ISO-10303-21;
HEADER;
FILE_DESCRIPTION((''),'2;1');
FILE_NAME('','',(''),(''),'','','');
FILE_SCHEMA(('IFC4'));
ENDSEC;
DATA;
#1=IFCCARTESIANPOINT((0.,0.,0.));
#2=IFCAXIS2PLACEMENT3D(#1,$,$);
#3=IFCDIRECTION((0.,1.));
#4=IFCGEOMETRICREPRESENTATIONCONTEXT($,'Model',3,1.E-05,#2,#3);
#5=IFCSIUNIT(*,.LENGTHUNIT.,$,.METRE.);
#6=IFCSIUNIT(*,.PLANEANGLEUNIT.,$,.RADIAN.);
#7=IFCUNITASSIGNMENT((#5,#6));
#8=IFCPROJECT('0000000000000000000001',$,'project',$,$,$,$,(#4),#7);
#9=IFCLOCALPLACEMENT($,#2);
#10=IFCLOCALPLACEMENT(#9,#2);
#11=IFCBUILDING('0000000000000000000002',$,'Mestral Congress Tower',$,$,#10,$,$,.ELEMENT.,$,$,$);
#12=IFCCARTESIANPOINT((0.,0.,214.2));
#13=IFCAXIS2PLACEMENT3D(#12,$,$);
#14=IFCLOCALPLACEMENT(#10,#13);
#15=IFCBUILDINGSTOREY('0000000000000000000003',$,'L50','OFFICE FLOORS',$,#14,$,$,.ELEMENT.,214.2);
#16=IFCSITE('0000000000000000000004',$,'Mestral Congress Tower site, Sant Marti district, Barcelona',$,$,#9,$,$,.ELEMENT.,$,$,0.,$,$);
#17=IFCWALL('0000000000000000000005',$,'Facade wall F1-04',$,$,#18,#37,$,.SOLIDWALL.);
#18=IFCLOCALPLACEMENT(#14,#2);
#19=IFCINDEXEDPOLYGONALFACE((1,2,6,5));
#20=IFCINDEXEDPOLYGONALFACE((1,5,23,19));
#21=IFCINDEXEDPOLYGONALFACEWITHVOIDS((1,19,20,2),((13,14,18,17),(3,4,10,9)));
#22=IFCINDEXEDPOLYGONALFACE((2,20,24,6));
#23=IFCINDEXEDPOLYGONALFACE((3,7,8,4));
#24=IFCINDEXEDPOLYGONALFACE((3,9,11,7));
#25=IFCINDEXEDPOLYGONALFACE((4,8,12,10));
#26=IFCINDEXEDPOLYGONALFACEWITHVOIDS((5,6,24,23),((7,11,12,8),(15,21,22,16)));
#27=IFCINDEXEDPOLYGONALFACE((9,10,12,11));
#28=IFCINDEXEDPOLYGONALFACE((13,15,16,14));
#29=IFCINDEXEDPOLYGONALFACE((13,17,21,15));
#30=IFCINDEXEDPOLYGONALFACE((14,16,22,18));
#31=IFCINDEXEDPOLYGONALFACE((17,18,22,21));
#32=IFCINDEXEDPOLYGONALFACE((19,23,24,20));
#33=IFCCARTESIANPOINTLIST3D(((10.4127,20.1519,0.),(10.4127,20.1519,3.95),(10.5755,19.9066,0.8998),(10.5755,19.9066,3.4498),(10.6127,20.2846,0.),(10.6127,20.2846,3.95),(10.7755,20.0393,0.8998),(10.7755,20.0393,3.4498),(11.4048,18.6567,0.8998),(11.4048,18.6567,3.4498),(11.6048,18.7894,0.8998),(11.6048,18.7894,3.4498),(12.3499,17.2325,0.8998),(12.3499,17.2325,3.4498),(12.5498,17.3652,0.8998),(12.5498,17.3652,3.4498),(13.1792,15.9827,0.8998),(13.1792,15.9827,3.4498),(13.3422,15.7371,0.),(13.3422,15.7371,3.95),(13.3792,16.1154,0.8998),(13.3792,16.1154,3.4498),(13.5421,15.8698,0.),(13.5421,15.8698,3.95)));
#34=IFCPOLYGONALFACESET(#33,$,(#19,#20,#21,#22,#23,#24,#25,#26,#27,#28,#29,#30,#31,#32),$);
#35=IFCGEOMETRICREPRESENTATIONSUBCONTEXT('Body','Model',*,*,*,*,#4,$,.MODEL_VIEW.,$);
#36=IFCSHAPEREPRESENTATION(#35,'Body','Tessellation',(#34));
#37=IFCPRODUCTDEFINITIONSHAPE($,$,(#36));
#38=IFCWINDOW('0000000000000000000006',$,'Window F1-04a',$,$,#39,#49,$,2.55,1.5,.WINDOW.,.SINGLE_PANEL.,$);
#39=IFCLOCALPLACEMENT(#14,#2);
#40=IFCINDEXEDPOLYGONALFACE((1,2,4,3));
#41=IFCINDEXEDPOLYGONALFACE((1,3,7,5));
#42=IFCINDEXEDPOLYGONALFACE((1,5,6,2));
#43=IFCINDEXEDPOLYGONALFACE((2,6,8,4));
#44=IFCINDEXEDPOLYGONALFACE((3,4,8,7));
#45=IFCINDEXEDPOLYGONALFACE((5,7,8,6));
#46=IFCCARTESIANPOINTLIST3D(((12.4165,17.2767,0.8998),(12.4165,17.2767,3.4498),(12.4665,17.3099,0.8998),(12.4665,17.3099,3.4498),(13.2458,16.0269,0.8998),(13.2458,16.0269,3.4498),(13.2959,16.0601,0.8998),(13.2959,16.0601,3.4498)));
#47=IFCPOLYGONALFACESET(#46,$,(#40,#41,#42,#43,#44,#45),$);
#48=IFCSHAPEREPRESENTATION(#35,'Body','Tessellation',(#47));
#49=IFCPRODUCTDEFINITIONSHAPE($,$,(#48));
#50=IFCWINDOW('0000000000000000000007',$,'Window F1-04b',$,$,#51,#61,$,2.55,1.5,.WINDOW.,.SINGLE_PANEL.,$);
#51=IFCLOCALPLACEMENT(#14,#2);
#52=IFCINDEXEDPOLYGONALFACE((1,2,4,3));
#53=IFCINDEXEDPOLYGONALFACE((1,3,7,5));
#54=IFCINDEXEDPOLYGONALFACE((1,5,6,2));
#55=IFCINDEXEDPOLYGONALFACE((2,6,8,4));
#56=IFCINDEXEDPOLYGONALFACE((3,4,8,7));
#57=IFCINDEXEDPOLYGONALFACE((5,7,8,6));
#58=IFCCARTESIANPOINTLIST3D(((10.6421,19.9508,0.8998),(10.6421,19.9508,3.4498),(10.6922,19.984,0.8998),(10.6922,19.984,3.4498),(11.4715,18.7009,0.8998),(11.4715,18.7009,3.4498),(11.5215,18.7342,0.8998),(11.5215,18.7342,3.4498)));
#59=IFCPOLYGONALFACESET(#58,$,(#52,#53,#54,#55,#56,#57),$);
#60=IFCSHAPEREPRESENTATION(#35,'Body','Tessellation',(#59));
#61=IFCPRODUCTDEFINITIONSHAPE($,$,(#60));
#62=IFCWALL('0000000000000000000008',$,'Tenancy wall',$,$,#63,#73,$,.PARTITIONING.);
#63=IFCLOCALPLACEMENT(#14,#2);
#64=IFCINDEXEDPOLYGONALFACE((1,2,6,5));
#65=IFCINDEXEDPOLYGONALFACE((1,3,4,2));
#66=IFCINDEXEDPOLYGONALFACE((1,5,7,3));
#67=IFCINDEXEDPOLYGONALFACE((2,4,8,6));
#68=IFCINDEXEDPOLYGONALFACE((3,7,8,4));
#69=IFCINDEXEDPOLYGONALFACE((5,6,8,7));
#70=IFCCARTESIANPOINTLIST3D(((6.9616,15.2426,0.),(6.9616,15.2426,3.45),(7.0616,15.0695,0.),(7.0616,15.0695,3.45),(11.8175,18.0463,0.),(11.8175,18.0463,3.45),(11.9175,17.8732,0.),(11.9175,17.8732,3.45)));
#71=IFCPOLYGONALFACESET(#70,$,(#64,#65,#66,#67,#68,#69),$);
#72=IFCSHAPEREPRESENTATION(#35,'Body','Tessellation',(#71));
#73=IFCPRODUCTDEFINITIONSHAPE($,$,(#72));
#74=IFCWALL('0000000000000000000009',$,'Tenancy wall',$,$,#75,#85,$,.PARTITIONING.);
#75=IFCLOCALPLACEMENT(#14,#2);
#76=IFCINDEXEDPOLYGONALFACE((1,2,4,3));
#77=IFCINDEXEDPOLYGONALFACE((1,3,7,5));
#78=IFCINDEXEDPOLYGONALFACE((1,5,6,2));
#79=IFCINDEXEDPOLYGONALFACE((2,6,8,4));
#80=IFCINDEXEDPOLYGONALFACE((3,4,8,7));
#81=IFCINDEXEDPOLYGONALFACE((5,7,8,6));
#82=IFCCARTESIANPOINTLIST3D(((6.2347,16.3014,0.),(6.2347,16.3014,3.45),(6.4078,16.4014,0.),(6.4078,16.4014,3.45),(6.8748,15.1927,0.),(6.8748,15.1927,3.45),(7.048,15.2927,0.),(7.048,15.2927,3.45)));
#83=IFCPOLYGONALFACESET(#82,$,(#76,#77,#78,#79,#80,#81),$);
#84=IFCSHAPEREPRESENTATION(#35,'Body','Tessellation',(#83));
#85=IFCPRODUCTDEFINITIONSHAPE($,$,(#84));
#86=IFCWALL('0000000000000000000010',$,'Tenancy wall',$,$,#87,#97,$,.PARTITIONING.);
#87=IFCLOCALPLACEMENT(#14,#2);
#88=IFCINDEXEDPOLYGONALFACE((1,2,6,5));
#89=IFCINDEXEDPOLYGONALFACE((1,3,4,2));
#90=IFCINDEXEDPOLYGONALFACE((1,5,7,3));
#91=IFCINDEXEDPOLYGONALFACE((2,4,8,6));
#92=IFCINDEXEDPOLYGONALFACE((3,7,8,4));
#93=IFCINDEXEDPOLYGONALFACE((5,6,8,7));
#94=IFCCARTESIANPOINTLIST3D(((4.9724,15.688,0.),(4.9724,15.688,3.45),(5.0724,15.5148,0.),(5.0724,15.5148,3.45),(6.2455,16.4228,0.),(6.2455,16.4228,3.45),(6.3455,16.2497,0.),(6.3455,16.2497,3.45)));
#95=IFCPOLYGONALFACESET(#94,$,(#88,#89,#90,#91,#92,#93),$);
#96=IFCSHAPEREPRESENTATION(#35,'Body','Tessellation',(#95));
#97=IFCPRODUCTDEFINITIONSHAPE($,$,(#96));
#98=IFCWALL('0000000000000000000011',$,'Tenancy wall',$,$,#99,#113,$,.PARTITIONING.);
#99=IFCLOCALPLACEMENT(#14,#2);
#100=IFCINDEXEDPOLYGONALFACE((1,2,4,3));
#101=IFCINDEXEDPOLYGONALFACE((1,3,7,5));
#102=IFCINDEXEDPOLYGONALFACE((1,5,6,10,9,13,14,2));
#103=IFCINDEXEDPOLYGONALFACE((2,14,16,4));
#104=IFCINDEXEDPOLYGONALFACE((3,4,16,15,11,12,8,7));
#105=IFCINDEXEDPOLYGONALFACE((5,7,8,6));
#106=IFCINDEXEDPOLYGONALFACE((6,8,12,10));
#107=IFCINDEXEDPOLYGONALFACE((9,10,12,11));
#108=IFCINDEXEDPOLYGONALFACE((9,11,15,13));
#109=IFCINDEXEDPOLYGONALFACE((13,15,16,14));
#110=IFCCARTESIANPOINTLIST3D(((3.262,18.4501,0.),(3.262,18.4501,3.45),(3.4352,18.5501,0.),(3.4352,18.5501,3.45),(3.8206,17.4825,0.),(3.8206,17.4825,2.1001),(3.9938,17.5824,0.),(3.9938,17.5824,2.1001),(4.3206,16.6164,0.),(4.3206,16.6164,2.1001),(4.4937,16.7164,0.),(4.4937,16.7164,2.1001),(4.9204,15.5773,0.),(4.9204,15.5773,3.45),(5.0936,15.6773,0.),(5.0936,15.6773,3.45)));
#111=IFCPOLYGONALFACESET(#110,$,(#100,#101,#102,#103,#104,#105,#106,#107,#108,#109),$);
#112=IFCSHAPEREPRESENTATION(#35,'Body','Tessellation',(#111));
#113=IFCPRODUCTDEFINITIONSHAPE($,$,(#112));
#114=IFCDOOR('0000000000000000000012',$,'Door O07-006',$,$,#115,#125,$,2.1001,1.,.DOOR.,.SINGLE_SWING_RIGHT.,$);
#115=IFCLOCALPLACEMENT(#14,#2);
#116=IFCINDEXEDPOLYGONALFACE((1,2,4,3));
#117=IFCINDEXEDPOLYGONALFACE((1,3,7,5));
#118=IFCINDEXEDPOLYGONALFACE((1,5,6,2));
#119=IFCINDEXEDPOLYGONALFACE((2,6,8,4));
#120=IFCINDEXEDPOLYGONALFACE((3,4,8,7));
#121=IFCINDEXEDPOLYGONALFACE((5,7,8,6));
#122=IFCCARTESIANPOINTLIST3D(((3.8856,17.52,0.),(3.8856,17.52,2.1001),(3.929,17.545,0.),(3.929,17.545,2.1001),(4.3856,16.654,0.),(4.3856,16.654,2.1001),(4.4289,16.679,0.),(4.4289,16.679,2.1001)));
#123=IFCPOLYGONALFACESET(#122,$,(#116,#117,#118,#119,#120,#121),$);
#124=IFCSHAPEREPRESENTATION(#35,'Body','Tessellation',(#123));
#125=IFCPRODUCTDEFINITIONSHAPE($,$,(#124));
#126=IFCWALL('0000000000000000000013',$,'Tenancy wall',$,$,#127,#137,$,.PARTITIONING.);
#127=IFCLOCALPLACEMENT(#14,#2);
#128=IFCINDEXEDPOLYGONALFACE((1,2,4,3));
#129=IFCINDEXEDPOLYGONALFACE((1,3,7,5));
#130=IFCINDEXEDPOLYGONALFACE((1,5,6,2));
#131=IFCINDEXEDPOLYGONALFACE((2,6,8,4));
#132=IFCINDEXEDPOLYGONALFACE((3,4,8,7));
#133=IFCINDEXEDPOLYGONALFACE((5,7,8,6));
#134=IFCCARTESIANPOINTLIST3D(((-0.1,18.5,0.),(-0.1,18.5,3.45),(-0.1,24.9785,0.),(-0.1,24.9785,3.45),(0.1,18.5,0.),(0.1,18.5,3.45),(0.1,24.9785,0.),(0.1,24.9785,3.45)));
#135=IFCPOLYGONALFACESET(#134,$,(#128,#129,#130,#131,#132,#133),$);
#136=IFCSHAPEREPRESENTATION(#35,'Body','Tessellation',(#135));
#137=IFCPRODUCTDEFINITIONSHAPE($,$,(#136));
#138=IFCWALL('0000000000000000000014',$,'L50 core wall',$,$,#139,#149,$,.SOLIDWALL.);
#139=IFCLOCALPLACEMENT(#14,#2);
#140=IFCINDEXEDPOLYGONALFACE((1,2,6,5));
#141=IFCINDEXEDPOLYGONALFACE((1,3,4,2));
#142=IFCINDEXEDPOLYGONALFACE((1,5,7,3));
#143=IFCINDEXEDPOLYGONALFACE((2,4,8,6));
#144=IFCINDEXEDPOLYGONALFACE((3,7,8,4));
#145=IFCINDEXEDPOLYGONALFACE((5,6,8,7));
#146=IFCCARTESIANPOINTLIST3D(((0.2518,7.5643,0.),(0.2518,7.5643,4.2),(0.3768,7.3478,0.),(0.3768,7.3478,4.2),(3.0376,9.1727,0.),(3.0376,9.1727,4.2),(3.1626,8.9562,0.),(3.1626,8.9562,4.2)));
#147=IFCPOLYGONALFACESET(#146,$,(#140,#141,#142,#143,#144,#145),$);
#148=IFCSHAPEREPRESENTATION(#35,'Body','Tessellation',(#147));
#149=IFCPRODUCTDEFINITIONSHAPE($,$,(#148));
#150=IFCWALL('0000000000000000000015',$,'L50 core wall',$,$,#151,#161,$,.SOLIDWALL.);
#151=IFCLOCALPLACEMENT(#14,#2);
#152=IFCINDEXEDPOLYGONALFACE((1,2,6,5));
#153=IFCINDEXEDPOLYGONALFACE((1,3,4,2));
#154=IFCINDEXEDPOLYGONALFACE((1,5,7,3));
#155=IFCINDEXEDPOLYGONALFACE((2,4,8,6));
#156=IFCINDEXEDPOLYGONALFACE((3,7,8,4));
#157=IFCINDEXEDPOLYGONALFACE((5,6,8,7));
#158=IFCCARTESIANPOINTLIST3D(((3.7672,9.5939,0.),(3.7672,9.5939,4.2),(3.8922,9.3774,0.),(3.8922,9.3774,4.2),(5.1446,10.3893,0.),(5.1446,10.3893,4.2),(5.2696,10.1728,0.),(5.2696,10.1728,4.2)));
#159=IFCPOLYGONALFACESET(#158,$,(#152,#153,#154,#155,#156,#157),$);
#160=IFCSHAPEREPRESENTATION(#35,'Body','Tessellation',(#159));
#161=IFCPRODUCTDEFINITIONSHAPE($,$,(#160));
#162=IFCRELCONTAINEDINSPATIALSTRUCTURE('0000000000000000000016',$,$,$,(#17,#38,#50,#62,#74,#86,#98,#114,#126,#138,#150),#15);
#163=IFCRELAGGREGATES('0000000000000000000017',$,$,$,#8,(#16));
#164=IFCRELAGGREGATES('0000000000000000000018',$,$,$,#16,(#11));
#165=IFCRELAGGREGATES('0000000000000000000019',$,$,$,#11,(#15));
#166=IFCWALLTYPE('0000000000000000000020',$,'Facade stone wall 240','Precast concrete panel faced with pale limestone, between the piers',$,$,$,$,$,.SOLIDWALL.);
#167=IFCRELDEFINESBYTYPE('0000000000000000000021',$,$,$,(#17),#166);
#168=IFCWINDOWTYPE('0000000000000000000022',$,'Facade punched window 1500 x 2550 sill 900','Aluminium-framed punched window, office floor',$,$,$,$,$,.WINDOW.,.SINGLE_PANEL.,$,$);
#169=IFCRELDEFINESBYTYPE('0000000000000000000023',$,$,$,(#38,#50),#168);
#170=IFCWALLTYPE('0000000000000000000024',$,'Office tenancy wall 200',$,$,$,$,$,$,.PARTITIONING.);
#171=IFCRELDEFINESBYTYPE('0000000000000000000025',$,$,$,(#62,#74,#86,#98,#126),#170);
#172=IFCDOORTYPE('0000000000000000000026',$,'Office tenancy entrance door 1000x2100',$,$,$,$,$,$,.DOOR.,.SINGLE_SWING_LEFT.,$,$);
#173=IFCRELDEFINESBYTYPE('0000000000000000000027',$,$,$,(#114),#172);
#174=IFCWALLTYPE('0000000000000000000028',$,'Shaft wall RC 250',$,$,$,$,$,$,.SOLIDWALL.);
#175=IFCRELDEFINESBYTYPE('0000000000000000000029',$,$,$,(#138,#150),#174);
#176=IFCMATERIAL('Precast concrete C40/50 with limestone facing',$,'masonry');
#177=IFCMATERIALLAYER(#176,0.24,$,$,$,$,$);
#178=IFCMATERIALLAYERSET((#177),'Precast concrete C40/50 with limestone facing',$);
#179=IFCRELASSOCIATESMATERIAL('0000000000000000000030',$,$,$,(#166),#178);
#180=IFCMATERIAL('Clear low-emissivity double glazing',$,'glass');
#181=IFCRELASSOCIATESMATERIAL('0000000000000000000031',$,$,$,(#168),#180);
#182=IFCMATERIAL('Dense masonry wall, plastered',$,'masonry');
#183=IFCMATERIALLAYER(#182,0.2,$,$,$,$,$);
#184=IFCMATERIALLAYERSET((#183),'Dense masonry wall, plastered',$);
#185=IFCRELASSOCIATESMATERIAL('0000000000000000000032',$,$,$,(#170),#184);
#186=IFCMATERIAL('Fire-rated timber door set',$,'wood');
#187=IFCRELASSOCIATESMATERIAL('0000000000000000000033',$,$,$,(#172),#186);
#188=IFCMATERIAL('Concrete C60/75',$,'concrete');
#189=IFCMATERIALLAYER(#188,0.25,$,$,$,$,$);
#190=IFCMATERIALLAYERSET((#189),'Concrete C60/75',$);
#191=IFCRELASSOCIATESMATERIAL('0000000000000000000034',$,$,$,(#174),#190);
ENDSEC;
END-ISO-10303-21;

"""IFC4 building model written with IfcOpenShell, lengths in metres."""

from ifc_helpers import new_model, si_unit, direction, frame, frame_2d, origin, place, context, subcontext, project, spatial, rectangle, extrude, material, layer, layer_set, type_object, element, fill, save


model = new_model("IFC4")

# Units and contexts
model_context = context("Model", 3, precision=1e-05, world=origin(), true_north=direction((0.0, 1.0)))
body_context = subcontext(model_context, "Body", "Model", "MODEL_VIEW")
ifc_project = project(units=[si_unit("LENGTHUNIT", "METRE"), si_unit("PLANEANGLEUNIT", "RADIAN")], contexts=[model_context])

# Site, building, storey
site_placement = place(None, origin())
site = spatial("IfcSite", under=ifc_project, at=site_placement, Name="Mestral Congress Tower site, Sant Marti district, Barcelona", CompositionType="ELEMENT", RefElevation=0.0)
building_placement = place(site_placement, origin())
building = spatial("IfcBuilding", under=site, at=building_placement, Name="Mestral Congress Tower", CompositionType="ELEMENT")
storey_placement = place(building_placement, frame((0.0, 0.0, 214.2)))
storey = spatial("IfcBuildingStorey", under=building, at=storey_placement, Name="L50", Description="OFFICE FLOORS", CompositionType="ELEMENT", Elevation=214.2)

# Shared definitions
ifc_material_1 = material(Name="Concrete C60/75", Category="concrete")

# Wall, openings, windows
ifc_material_2 = material(Name="Precast concrete C40/50 with limestone facing", Category="masonry")
ifc_layer_1 = layer(ifc_material_2, 0.24)
ifc_layer_set_1 = layer_set([ifc_layer_1], Name="Precast concrete C40/50 with limestone facing")
wall_type_1 = type_object("IfcWallType", Name="Facade stone wall 240", Description="Precast concrete panel faced with pale limestone, between the piers", PredefinedType="SOLIDWALL", material=ifc_layer_set_1)
ifc_material_3 = material(Name="Clear low-emissivity double glazing", Category="glass")
window_type = type_object("IfcWindowType", Name="Facade punched window 1500 x 2550 sill 900", Description="Aluminium-framed punched window, office floor", PartitioningType="SINGLE_PANEL", PredefinedType="WINDOW", material=ifc_material_3)
wall_1_placement = place(storey_placement, frame((13.4421, 15.8035, 0.0), z_axis=(0.0, 0.0, 1.0), x_axis=(-0.552902, 0.833246, 0.0)))
wall_1 = element("IfcWall", 1, at=wall_1_placement, inside=storey, type_object=wall_type_1, Name="Facade wall F1-04", PredefinedType="SOLIDWALL", context=body_context, shape_type="SweptSolid", body=[
    extrude(rectangle(XDim=5.2983, YDim=0.24, at=frame_2d((2.6492, 0.0))), origin(), (0.0, 0.0, 1.0), 3.95),
])
opening_1_placement = place(wall_1_placement, frame((0.2947, 0.0, 0.8999)))
opening_1 = element("IfcOpeningElement", 2, at=opening_1_placement, cuts=wall_1, PredefinedType="OPENING", context=body_context, shape_type="SweptSolid", body=[
    extrude(rectangle(XDim=1.5, YDim=2.55, at=frame_2d((0.75, 1.2749))), frame((0.0, 0.1299, 0.0), z_axis=(0.0, -1.0, 0.0), x_axis=(1.0, 0.0, 0.0)), (0.0, 0.0, 1.0), 0.26),
])
opening_2_placement = place(wall_1_placement, frame((3.5039, 0.0, 0.8999)))
opening_2 = element("IfcOpeningElement", 3, at=opening_2_placement, cuts=wall_1, PredefinedType="OPENING", context=body_context, shape_type="SweptSolid", body=[
    extrude(rectangle(XDim=1.5, YDim=2.55, at=frame_2d((0.75, 1.2749))), frame((0.0, 0.1299, 0.0), z_axis=(0.0, -1.0, 0.0), x_axis=(1.0, 0.0, 0.0)), (0.0, 0.0, 1.0), 0.26),
])
window_1_placement = place(opening_1_placement, origin())
window_1 = element("IfcWindow", 4, at=window_1_placement, inside=storey, type_object=window_type, Name="Window F1-04a", OverallHeight=2.55, OverallWidth=1.5, PartitioningType="SINGLE_PANEL", PredefinedType="WINDOW", context=body_context, shape_type="SweptSolid", body=[
    extrude(rectangle(XDim=1.5, YDim=2.55, at=frame_2d((0.75, 1.2749))), frame((0.0, 0.04, 0.0), z_axis=(0.0, -1.0, 0.0), x_axis=(1.0, 0.0, 0.0)), (0.0, 0.0, 1.0), 0.0601),
])
fill(opening_1, window_1)
window_2_placement = place(opening_2_placement, origin())
window_2 = element("IfcWindow", 5, at=window_2_placement, inside=storey, type_object=window_type, Name="Window F1-04b", OverallHeight=2.55, OverallWidth=1.5, PartitioningType="SINGLE_PANEL", PredefinedType="WINDOW", context=body_context, shape_type="SweptSolid", body=[
    extrude(rectangle(XDim=1.5, YDim=2.55, at=frame_2d((0.75, 1.2749))), frame((0.0, 0.04, 0.0), z_axis=(0.0, -1.0, 0.0), x_axis=(1.0, 0.0, 0.0)), (0.0, 0.0, 1.0), 0.0601),
])
fill(opening_2, window_2)

# Walls
ifc_material_4 = material(Name="Dense masonry wall, plastered", Category="masonry")
ifc_layer_2 = layer(ifc_material_4, 0.2)
ifc_layer_set_2 = layer_set([ifc_layer_2], Name="Dense masonry wall, plastered")
wall_type_2 = type_object("IfcWallType", Name="Office tenancy wall 200", PredefinedType="PARTITIONING", material=ifc_layer_set_2)
wall_2_placement = place(storey_placement, frame((7.0115, 15.156, 0.0), z_axis=(0.0, 0.0, 1.0), x_axis=(0.866016, 0.500016, 0.0)))
element("IfcWall", 6, at=wall_2_placement, inside=storey, type_object=wall_type_2, Name="Tenancy wall", PredefinedType="PARTITIONING", context=body_context, shape_type="SweptSolid", body=[
    extrude(rectangle(XDim=5.6072, YDim=0.2, at=frame_2d((2.8037, 0.0))), origin(), (0.0, 0.0, 1.0), 3.45),
])
wall_3_placement = place(storey_placement, frame((6.9614, 15.2427, 0.0), z_axis=(0.0, 0.0, 1.0), x_axis=(-0.500036, 0.866005, 0.0)))
element("IfcWall", 7, at=wall_3_placement, inside=storey, type_object=wall_type_2, Name="Tenancy wall", PredefinedType="PARTITIONING", context=body_context, shape_type="SweptSolid", body=[
    extrude(rectangle(XDim=1.2803, YDim=0.2, at=frame_2d((0.6401, 0.0))), origin(), (0.0, 0.0, 1.0), 3.45),
])
wall_4_placement = place(storey_placement, frame((6.2954, 16.3362, 0.0), z_axis=(0.0, 0.0, 1.0), x_axis=(-0.866089, -0.49989, 0.0)))
element("IfcWall", 8, at=wall_4_placement, inside=storey, type_object=wall_type_2, Name="Tenancy wall", PredefinedType="PARTITIONING", context=body_context, shape_type="SweptSolid", body=[
    extrude(rectangle(XDim=1.47, YDim=0.2, at=frame_2d((0.7349, 0.0))), origin(), (0.0, 0.0, 1.0), 3.45),
])

# Wall, opening, door
wall_5_placement = place(storey_placement, frame((5.0071, 15.6272, 0.0), z_axis=(0.0, 0.0, 1.0), x_axis=(-0.499962, 0.866047, 0.0)))
wall_5 = element("IfcWall", 9, at=wall_5_placement, inside=storey, type_object=wall_type_2, Name="Tenancy wall", PredefinedType="PARTITIONING", context=body_context, shape_type="SweptSolid", body=[
    extrude(rectangle(XDim=3.3171, YDim=0.2, at=frame_2d((1.6587, 0.0))), origin(), (0.0, 0.0, 1.0), 3.45),
])
opening_3_placement = place(wall_5_placement, frame((1.2, 0.0, 0.0)))
opening_3 = element("IfcOpeningElement", 10, at=opening_3_placement, cuts=wall_5, PredefinedType="OPENING", context=body_context, shape_type="SweptSolid", body=[
    extrude(rectangle(XDim=1.0, YDim=2.1001, at=frame_2d((0.5, 1.05))), frame((0.0, 0.1099, 0.0), z_axis=(0.0, -1.0, 0.0), x_axis=(1.0, 0.0, 0.0)), (0.0, 0.0, 1.0), 0.22),
])
ifc_material_5 = material(Name="Fire-rated timber door set", Category="wood")
door_type_1 = type_object("IfcDoorType", Name="Office tenancy entrance door 1000x2100", OperationType="SINGLE_SWING_LEFT", PredefinedType="DOOR", material=ifc_material_5)
door_1_placement = place(opening_3_placement, origin())
door_1 = element("IfcDoor", 11, at=door_1_placement, inside=storey, type_object=door_type_1, Name="Door O07-006", OperationType="SINGLE_SWING_RIGHT", OverallHeight=2.1001, OverallWidth=1.0, PredefinedType="DOOR", context=body_context, shape_type="SweptSolid", body=[
    extrude(rectangle(XDim=1.0, YDim=2.1001, at=frame_2d((0.5, 1.05))), frame((0.0, 0.0249, 0.0), z_axis=(0.0, -1.0, 0.0), x_axis=(1.0, 0.0, 0.0)), (0.0, 0.0, 1.0), 0.05),
])
fill(opening_3, door_1)

# Walls
wall_6_placement = place(storey_placement, frame((0.0, 18.5, 0.0), z_axis=(0.0, 0.0, 1.0), x_axis=(0.0, 1.0, 0.0)))
element("IfcWall", 12, at=wall_6_placement, inside=storey, type_object=wall_type_2, Name="Tenancy wall", PredefinedType="PARTITIONING", context=body_context, shape_type="SweptSolid", body=[
    extrude(rectangle(XDim=6.4785, YDim=0.2, at=frame_2d((3.2393, 0.0))), origin(), (0.0, 0.0, 1.0), 3.45),
])
ifc_layer_3 = layer(ifc_material_1, 0.25)
ifc_layer_set_3 = layer_set([ifc_layer_3], Name="Concrete C60/75")
wall_type_3 = type_object("IfcWallType", Name="Shaft wall RC 250", PredefinedType="SOLIDWALL", material=ifc_layer_set_3)
wall_7_placement = place(storey_placement, frame((3.1001, 9.0645, 0.0), z_axis=(0.0, 0.0, 1.0), x_axis=(-0.86603, -0.499992, 0.0)))
element("IfcWall", 13, at=wall_7_placement, inside=storey, type_object=wall_type_3, Name="L50 core wall", PredefinedType="SOLIDWALL", context=body_context, shape_type="SweptSolid", body=[
    extrude(rectangle(XDim=3.2168, YDim=0.25, at=frame_2d((1.6084, 0.0))), origin(), (0.0, 0.0, 1.0), 4.2),
])
wall_8_placement = place(storey_placement, frame((3.8296, 9.4856, 0.0), z_axis=(0.0, 0.0, 1.0), x_axis=(0.865986, 0.500068, 0.0)))
element("IfcWall", 14, at=wall_8_placement, inside=storey, type_object=wall_type_3, Name="L50 core wall", PredefinedType="SOLIDWALL", context=body_context, shape_type="SweptSolid", body=[
    extrude(rectangle(XDim=1.5906, YDim=0.25, at=frame_2d((0.7954, 0.0))), origin(), (0.0, 0.0, 1.0), 4.2),
])

save(model, "model.ifc")
